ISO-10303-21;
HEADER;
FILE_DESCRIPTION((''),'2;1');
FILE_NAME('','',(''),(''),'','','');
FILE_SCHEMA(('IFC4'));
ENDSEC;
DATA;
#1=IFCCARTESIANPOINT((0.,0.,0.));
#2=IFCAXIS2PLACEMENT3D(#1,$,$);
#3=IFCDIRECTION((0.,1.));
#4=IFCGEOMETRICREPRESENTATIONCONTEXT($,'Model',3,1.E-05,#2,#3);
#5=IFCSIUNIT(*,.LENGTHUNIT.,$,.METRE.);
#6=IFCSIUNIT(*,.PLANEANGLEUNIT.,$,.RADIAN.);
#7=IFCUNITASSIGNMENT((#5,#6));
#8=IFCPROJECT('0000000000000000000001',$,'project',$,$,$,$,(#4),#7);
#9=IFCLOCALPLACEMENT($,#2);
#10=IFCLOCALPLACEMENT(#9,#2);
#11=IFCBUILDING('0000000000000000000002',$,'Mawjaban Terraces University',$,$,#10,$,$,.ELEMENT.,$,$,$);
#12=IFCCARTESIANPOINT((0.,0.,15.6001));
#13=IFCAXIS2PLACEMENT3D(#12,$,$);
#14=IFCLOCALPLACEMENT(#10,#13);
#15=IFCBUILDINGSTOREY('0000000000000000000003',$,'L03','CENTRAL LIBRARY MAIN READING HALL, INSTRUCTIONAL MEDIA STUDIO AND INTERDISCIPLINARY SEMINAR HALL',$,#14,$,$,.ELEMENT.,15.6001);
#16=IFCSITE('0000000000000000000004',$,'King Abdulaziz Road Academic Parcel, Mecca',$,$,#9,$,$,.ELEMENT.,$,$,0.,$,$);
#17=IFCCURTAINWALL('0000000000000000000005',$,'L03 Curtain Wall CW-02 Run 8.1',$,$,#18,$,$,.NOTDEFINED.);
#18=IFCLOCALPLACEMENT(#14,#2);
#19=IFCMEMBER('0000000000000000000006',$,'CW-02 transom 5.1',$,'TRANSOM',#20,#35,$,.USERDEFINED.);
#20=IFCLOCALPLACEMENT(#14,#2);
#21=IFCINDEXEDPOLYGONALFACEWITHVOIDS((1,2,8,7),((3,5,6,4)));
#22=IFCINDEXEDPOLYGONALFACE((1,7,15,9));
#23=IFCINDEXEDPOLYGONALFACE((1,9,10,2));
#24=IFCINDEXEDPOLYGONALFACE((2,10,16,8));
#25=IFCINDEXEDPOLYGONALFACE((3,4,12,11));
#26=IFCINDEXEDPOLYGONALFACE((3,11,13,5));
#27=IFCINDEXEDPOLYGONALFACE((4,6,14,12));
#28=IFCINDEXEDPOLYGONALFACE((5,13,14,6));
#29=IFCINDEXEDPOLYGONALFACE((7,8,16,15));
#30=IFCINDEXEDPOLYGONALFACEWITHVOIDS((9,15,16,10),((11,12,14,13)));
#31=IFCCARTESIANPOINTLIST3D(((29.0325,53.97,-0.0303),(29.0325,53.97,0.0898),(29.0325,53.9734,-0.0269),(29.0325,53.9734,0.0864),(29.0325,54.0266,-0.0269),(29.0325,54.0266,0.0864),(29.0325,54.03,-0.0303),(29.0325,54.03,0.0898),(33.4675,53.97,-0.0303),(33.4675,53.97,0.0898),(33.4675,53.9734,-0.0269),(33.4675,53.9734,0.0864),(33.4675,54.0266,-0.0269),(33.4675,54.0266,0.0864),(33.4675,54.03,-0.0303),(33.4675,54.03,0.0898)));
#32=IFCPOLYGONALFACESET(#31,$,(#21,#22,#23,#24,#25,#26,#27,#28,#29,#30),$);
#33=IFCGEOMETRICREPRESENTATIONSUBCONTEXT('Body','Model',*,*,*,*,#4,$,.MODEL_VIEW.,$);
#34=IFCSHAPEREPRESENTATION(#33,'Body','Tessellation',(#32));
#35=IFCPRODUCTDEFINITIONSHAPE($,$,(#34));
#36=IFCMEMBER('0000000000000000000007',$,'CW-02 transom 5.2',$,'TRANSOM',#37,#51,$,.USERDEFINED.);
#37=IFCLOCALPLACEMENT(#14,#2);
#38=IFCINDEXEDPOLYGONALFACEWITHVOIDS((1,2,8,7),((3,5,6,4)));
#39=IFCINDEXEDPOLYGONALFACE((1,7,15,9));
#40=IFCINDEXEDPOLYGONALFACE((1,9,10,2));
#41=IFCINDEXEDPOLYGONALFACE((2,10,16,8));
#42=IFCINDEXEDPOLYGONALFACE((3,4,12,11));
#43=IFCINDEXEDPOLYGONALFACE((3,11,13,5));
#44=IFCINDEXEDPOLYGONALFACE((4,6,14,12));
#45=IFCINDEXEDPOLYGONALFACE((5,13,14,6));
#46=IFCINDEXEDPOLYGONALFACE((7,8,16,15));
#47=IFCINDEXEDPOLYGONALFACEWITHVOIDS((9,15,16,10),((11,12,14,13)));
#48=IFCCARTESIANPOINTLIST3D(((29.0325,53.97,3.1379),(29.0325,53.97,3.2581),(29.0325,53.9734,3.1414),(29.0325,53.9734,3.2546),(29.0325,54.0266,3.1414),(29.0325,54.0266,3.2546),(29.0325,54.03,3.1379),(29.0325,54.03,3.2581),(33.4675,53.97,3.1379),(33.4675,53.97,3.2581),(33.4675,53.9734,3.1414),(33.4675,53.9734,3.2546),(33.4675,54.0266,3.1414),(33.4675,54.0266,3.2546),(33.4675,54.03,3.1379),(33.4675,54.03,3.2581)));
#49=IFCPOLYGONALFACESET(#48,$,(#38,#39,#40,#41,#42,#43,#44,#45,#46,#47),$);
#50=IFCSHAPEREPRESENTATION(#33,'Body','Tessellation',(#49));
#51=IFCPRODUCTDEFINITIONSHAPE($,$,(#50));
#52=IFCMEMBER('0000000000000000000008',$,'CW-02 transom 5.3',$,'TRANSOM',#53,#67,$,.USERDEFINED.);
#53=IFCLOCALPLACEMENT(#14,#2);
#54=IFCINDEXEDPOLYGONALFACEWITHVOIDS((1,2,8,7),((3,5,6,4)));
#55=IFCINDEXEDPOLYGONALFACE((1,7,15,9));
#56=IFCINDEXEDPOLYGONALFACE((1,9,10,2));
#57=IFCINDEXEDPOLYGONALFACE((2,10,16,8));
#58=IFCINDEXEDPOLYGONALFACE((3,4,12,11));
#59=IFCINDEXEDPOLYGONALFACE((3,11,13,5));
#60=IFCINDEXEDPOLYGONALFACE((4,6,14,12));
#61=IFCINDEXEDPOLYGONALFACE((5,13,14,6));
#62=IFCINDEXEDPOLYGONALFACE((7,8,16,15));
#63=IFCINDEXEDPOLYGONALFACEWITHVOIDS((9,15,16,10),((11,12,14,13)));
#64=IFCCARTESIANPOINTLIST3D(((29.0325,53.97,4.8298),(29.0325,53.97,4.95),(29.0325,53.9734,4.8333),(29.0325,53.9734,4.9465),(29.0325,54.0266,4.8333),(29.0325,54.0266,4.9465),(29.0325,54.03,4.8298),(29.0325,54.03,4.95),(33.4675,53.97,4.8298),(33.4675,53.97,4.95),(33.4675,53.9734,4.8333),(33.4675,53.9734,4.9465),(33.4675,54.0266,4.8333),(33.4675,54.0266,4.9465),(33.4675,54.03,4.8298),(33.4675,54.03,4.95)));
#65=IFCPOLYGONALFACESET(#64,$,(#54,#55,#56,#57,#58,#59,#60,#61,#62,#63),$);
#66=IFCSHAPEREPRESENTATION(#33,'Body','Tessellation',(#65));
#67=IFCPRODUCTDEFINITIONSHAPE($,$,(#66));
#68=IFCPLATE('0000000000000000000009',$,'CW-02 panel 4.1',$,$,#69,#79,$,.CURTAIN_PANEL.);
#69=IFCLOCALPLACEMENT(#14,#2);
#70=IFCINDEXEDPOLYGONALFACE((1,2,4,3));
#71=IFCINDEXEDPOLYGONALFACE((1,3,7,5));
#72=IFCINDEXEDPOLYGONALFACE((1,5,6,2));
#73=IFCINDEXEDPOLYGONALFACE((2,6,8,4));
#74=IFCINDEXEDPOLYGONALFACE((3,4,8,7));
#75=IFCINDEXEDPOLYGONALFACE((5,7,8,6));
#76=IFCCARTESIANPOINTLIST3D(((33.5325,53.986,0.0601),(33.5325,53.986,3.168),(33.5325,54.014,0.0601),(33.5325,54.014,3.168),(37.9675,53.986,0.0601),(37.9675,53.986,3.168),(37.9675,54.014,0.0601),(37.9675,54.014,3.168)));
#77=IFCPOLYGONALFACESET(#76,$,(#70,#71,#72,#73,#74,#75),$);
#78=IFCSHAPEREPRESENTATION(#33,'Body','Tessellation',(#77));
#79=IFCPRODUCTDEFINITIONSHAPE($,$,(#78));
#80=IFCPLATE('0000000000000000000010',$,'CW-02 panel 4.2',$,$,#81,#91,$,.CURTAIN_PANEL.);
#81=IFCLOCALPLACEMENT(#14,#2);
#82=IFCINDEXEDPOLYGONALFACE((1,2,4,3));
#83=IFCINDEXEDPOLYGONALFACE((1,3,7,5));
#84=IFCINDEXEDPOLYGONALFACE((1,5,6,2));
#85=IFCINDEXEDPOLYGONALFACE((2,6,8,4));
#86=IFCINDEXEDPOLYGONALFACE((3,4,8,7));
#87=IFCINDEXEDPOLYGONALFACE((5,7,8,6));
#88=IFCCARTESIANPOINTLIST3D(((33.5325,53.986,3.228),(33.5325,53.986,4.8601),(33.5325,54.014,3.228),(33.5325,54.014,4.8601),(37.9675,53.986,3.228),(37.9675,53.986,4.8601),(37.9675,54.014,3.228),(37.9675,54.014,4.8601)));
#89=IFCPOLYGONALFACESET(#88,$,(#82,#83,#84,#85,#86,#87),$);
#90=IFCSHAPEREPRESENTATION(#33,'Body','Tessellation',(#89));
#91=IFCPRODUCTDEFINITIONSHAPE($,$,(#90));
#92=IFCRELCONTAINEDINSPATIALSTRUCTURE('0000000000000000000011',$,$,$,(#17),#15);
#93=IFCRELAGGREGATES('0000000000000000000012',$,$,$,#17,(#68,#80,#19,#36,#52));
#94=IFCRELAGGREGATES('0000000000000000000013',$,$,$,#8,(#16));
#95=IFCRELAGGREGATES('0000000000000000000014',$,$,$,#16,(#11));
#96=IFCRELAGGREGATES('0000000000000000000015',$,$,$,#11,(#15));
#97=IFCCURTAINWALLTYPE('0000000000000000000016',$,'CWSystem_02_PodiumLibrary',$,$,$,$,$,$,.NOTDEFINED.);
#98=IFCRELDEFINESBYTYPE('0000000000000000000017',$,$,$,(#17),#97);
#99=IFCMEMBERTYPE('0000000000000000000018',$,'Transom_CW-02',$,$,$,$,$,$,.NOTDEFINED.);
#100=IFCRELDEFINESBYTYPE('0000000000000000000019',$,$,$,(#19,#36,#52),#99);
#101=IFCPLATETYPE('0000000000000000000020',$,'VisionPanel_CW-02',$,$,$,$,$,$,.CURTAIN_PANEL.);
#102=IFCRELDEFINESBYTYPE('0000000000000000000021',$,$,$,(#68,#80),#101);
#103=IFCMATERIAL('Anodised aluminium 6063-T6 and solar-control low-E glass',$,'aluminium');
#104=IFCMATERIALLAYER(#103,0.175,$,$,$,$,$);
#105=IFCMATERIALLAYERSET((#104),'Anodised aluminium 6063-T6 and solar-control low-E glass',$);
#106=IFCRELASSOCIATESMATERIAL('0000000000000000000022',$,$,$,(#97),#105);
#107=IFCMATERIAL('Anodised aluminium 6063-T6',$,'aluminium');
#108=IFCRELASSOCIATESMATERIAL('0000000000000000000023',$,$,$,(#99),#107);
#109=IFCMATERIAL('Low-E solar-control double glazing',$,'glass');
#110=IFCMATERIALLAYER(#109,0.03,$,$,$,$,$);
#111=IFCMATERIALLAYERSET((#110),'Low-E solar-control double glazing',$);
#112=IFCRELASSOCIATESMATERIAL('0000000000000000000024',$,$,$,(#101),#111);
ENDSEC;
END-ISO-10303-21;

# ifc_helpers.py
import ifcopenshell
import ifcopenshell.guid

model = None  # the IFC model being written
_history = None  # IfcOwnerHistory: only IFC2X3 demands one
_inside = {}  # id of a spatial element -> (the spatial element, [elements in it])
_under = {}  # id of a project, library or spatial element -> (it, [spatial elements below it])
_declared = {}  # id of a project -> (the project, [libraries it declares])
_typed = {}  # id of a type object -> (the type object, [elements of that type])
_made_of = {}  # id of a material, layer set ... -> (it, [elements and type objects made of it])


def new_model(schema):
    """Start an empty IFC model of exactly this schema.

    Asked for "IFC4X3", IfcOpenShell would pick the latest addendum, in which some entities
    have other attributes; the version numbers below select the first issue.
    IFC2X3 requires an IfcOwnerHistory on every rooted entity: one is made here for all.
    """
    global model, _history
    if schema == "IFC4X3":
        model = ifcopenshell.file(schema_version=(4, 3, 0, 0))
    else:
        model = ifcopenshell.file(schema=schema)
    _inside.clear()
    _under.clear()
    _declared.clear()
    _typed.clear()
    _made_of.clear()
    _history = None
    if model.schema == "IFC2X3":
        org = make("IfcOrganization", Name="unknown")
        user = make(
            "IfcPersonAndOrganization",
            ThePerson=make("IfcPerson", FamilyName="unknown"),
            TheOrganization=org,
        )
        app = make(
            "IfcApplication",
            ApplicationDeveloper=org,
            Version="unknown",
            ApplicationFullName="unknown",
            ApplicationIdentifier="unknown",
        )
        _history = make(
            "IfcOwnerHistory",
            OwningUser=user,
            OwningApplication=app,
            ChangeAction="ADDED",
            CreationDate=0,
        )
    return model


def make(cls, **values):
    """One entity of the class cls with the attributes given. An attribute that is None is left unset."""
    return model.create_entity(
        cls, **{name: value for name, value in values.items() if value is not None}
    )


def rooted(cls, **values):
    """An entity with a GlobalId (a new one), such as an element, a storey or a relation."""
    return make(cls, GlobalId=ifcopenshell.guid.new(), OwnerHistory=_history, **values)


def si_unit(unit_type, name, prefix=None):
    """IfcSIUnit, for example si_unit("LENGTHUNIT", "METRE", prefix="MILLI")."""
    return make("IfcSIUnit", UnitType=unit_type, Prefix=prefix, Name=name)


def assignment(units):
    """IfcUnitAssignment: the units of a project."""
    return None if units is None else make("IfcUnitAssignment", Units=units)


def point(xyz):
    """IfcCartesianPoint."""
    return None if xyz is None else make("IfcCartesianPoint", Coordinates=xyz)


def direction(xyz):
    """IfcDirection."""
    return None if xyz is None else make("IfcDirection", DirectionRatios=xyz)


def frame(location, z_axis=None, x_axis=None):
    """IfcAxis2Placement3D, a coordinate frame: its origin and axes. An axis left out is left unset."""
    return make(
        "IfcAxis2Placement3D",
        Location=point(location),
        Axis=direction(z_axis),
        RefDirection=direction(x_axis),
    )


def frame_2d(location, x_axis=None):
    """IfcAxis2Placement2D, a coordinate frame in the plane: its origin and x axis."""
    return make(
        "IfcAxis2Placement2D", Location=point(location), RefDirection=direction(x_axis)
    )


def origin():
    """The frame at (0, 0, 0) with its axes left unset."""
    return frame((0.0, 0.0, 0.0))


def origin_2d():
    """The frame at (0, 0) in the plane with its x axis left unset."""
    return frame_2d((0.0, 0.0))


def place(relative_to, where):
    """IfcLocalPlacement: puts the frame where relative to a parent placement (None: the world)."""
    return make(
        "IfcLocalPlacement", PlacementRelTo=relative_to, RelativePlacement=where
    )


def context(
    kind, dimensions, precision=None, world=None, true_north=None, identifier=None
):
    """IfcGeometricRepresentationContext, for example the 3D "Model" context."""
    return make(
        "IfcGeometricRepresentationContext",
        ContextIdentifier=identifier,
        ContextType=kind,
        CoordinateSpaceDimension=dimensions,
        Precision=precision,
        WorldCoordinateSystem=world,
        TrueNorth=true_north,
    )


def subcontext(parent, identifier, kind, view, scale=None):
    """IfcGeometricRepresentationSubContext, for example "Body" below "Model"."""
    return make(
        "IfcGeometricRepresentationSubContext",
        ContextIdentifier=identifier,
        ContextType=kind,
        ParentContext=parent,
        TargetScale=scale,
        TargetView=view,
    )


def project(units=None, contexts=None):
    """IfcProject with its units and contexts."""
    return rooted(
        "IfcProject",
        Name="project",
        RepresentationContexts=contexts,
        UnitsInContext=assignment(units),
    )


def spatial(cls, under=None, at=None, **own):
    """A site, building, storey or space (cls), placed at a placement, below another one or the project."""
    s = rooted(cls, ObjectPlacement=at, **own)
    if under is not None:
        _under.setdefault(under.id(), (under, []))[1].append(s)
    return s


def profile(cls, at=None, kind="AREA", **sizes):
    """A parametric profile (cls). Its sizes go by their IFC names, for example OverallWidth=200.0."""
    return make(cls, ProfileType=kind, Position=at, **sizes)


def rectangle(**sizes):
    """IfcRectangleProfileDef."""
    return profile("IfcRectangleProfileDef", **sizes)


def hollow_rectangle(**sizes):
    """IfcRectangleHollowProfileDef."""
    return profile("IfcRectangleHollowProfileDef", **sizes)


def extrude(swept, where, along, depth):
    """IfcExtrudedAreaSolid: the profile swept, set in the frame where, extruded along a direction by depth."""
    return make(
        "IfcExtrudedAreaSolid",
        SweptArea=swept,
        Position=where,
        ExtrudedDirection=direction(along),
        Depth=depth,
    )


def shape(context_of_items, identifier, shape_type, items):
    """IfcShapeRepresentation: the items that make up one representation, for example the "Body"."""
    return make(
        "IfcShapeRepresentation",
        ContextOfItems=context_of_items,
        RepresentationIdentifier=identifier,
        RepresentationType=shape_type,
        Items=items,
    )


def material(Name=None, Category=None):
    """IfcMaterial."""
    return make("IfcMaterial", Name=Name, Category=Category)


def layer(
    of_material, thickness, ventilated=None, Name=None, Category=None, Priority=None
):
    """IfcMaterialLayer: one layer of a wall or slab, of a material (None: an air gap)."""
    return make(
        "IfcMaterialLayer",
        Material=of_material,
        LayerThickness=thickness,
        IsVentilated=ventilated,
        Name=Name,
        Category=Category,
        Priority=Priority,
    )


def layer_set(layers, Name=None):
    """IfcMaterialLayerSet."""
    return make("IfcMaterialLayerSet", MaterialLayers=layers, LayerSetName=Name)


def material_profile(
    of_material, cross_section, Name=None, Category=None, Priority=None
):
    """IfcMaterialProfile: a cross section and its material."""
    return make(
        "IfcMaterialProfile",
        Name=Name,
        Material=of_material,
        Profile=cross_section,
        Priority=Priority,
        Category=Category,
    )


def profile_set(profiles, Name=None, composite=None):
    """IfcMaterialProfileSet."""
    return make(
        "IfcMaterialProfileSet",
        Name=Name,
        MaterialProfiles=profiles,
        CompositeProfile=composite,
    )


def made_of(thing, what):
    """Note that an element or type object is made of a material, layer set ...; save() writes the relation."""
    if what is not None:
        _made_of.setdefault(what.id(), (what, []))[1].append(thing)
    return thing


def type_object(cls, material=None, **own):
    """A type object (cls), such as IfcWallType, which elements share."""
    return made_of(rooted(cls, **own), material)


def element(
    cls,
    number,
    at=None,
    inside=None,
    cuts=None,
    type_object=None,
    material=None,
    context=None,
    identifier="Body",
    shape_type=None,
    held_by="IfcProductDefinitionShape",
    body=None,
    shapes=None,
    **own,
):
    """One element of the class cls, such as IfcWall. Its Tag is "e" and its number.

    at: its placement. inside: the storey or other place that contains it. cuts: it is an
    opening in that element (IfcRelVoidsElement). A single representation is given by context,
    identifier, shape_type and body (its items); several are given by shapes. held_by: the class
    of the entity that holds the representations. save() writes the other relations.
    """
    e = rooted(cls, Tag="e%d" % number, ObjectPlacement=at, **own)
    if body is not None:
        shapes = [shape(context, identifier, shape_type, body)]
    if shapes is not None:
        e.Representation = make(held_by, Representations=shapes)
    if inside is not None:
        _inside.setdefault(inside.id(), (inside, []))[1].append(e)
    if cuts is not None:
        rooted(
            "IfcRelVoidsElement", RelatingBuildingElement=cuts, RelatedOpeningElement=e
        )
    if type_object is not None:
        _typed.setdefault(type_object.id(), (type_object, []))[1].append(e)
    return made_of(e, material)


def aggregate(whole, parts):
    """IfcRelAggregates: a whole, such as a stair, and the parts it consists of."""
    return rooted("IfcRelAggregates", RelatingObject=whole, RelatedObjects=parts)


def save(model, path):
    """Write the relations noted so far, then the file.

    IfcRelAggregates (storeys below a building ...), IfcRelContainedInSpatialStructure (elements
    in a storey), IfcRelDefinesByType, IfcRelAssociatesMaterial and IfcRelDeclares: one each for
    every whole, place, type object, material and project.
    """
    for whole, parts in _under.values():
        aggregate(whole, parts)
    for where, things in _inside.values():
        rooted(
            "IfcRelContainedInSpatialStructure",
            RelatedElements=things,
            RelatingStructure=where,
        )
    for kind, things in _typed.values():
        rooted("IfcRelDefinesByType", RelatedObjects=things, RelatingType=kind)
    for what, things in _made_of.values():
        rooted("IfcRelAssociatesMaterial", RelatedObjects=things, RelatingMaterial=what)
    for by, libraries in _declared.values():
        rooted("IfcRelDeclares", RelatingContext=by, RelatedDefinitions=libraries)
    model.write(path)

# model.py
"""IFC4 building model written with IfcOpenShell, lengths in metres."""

from ifc_helpers import new_model, si_unit, direction, frame, origin, origin_2d, place, context, subcontext, project, spatial, rectangle, hollow_rectangle, extrude, material, layer, layer_set, material_profile, profile_set, type_object, element, aggregate, save


model = new_model("IFC4")

# Units and contexts
model_context = context("Model", 3, precision=1e-05, world=origin(), true_north=direction((0.0, 1.0)))
body_context = subcontext(model_context, "Body", "Model", "MODEL_VIEW")
ifc_project = project(units=[si_unit("LENGTHUNIT", "METRE"), si_unit("PLANEANGLEUNIT", "RADIAN")], contexts=[model_context])

# Site, building, storey
site_placement = place(None, origin())
site = spatial("IfcSite", under=ifc_project, at=site_placement, Name="King Abdulaziz Road Academic Parcel, Mecca", CompositionType="ELEMENT", RefElevation=0.0)
building_placement = place(site_placement, origin())
building = spatial("IfcBuilding", under=site, at=building_placement, Name="Mawjaban Terraces University", CompositionType="ELEMENT")
storey_placement = place(building_placement, frame((0.0, 0.0, 15.6001)))
storey = spatial("IfcBuildingStorey", under=building, at=storey_placement, Name="L03", Description="CENTRAL LIBRARY MAIN READING HALL, INSTRUCTIONAL MEDIA STUDIO AND INTERDISCIPLINARY SEMINAR HALL", CompositionType="ELEMENT", Elevation=15.6001)

# Curtain wall, members, plates
ifc_material_1 = material(Name="Anodised aluminium 6063-T6 and solar-control low-E glass", Category="aluminium")
ifc_layer_1 = layer(ifc_material_1, 0.175)
ifc_layer_set_1 = layer_set([ifc_layer_1], Name="Anodised aluminium 6063-T6 and solar-control low-E glass")
curtain_wall_type = type_object("IfcCurtainWallType", Name="CWSystem_02_PodiumLibrary", PredefinedType="NOTDEFINED", material=ifc_layer_set_1)
curtain_wall_placement = place(storey_placement, origin())
curtain_wall = element("IfcCurtainWall", 1, at=curtain_wall_placement, inside=storey, type_object=curtain_wall_type, Name="L03 Curtain Wall CW-02 Run 8.1", PredefinedType="NOTDEFINED")
ifc_material_2 = material(Name="Anodised aluminium 6063-T6", Category="aluminium")
ifc_material_profile_1 = material_profile(ifc_material_2, hollow_rectangle(XDim=0.0601, YDim=0.1201, WallThickness=0.0034, at=origin_2d()), Name="ALU120X60X3.5")
ifc_profile_set_1 = profile_set([ifc_material_profile_1], Name="Anodised aluminium 6063-T6")
member_type_1 = type_object("IfcMemberType", Name="Transom_CW-02", PredefinedType="NOTDEFINED", material=ifc_profile_set_1)
member_1_placement = place(storey_placement, frame((33.4675, 54.0, 0.0298), z_axis=(-1.0, 0.0, 0.0), x_axis=(0.0, -1.0, 0.0)))
member_1 = element("IfcMember", 2, at=member_1_placement, type_object=member_type_1, Name="CW-02 transom 5.1", ObjectType="TRANSOM", PredefinedType="USERDEFINED", context=body_context, shape_type="SweptSolid", body=[
    extrude(hollow_rectangle(XDim=0.0601, YDim=0.1201, WallThickness=0.0034, at=origin_2d()), origin(), (0.0, 0.0, 1.0), 4.4351),
])
member_2_placement = place(storey_placement, frame((33.4675, 54.0, 3.198), z_axis=(-1.0, 0.0, 0.0), x_axis=(0.0, -1.0, 0.0)))
member_2 = element("IfcMember", 3, at=member_2_placement, type_object=member_type_1, Name="CW-02 transom 5.2", ObjectType="TRANSOM", PredefinedType="USERDEFINED", context=body_context, shape_type="SweptSolid", body=[
    extrude(hollow_rectangle(XDim=0.0601, YDim=0.1201, WallThickness=0.0034, at=origin_2d()), origin(), (0.0, 0.0, 1.0), 4.4351),
])
member_3_placement = place(storey_placement, frame((33.4675, 54.0, 4.8899), z_axis=(-1.0, 0.0, 0.0), x_axis=(0.0, -1.0, 0.0)))
member_3 = element("IfcMember", 4, at=member_3_placement, type_object=member_type_1, Name="CW-02 transom 5.3", ObjectType="TRANSOM", PredefinedType="USERDEFINED", context=body_context, shape_type="SweptSolid", body=[
    extrude(hollow_rectangle(XDim=0.0601, YDim=0.1201, WallThickness=0.0034, at=origin_2d()), origin(), (0.0, 0.0, 1.0), 4.4351),
])
ifc_material_3 = material(Name="Low-E solar-control double glazing", Category="glass")
ifc_layer_2 = layer(ifc_material_3, 0.03)
ifc_layer_set_2 = layer_set([ifc_layer_2], Name="Low-E solar-control double glazing")
plate_type = type_object("IfcPlateType", Name="VisionPanel_CW-02", PredefinedType="CURTAIN_PANEL", material=ifc_layer_set_2)
plate_1_placement = place(storey_placement, frame((35.75, 54.0, 0.0601), z_axis=(0.0, 0.0, 1.0), x_axis=(-1.0, 0.0, 0.0)))
plate_1 = element("IfcPlate", 5, at=plate_1_placement, type_object=plate_type, Name="CW-02 panel 4.1", PredefinedType="CURTAIN_PANEL", context=body_context, shape_type="SweptSolid", body=[
    extrude(rectangle(XDim=4.4351, YDim=0.0281, at=origin_2d()), origin(), (0.0, 0.0, 1.0), 3.1079),
])
plate_2_placement = place(storey_placement, frame((35.75, 54.0, 3.228), z_axis=(0.0, 0.0, 1.0), x_axis=(-1.0, 0.0, 0.0)))
plate_2 = element("IfcPlate", 6, at=plate_2_placement, type_object=plate_type, Name="CW-02 panel 4.2", PredefinedType="CURTAIN_PANEL", context=body_context, shape_type="SweptSolid", body=[
    extrude(rectangle(XDim=4.4351, YDim=0.0281, at=origin_2d()), origin(), (0.0, 0.0, 1.0), 1.6321),
])
aggregate(curtain_wall, [plate_1, plate_2, member_1, member_2, member_3])

save(model, "model.ifc")
